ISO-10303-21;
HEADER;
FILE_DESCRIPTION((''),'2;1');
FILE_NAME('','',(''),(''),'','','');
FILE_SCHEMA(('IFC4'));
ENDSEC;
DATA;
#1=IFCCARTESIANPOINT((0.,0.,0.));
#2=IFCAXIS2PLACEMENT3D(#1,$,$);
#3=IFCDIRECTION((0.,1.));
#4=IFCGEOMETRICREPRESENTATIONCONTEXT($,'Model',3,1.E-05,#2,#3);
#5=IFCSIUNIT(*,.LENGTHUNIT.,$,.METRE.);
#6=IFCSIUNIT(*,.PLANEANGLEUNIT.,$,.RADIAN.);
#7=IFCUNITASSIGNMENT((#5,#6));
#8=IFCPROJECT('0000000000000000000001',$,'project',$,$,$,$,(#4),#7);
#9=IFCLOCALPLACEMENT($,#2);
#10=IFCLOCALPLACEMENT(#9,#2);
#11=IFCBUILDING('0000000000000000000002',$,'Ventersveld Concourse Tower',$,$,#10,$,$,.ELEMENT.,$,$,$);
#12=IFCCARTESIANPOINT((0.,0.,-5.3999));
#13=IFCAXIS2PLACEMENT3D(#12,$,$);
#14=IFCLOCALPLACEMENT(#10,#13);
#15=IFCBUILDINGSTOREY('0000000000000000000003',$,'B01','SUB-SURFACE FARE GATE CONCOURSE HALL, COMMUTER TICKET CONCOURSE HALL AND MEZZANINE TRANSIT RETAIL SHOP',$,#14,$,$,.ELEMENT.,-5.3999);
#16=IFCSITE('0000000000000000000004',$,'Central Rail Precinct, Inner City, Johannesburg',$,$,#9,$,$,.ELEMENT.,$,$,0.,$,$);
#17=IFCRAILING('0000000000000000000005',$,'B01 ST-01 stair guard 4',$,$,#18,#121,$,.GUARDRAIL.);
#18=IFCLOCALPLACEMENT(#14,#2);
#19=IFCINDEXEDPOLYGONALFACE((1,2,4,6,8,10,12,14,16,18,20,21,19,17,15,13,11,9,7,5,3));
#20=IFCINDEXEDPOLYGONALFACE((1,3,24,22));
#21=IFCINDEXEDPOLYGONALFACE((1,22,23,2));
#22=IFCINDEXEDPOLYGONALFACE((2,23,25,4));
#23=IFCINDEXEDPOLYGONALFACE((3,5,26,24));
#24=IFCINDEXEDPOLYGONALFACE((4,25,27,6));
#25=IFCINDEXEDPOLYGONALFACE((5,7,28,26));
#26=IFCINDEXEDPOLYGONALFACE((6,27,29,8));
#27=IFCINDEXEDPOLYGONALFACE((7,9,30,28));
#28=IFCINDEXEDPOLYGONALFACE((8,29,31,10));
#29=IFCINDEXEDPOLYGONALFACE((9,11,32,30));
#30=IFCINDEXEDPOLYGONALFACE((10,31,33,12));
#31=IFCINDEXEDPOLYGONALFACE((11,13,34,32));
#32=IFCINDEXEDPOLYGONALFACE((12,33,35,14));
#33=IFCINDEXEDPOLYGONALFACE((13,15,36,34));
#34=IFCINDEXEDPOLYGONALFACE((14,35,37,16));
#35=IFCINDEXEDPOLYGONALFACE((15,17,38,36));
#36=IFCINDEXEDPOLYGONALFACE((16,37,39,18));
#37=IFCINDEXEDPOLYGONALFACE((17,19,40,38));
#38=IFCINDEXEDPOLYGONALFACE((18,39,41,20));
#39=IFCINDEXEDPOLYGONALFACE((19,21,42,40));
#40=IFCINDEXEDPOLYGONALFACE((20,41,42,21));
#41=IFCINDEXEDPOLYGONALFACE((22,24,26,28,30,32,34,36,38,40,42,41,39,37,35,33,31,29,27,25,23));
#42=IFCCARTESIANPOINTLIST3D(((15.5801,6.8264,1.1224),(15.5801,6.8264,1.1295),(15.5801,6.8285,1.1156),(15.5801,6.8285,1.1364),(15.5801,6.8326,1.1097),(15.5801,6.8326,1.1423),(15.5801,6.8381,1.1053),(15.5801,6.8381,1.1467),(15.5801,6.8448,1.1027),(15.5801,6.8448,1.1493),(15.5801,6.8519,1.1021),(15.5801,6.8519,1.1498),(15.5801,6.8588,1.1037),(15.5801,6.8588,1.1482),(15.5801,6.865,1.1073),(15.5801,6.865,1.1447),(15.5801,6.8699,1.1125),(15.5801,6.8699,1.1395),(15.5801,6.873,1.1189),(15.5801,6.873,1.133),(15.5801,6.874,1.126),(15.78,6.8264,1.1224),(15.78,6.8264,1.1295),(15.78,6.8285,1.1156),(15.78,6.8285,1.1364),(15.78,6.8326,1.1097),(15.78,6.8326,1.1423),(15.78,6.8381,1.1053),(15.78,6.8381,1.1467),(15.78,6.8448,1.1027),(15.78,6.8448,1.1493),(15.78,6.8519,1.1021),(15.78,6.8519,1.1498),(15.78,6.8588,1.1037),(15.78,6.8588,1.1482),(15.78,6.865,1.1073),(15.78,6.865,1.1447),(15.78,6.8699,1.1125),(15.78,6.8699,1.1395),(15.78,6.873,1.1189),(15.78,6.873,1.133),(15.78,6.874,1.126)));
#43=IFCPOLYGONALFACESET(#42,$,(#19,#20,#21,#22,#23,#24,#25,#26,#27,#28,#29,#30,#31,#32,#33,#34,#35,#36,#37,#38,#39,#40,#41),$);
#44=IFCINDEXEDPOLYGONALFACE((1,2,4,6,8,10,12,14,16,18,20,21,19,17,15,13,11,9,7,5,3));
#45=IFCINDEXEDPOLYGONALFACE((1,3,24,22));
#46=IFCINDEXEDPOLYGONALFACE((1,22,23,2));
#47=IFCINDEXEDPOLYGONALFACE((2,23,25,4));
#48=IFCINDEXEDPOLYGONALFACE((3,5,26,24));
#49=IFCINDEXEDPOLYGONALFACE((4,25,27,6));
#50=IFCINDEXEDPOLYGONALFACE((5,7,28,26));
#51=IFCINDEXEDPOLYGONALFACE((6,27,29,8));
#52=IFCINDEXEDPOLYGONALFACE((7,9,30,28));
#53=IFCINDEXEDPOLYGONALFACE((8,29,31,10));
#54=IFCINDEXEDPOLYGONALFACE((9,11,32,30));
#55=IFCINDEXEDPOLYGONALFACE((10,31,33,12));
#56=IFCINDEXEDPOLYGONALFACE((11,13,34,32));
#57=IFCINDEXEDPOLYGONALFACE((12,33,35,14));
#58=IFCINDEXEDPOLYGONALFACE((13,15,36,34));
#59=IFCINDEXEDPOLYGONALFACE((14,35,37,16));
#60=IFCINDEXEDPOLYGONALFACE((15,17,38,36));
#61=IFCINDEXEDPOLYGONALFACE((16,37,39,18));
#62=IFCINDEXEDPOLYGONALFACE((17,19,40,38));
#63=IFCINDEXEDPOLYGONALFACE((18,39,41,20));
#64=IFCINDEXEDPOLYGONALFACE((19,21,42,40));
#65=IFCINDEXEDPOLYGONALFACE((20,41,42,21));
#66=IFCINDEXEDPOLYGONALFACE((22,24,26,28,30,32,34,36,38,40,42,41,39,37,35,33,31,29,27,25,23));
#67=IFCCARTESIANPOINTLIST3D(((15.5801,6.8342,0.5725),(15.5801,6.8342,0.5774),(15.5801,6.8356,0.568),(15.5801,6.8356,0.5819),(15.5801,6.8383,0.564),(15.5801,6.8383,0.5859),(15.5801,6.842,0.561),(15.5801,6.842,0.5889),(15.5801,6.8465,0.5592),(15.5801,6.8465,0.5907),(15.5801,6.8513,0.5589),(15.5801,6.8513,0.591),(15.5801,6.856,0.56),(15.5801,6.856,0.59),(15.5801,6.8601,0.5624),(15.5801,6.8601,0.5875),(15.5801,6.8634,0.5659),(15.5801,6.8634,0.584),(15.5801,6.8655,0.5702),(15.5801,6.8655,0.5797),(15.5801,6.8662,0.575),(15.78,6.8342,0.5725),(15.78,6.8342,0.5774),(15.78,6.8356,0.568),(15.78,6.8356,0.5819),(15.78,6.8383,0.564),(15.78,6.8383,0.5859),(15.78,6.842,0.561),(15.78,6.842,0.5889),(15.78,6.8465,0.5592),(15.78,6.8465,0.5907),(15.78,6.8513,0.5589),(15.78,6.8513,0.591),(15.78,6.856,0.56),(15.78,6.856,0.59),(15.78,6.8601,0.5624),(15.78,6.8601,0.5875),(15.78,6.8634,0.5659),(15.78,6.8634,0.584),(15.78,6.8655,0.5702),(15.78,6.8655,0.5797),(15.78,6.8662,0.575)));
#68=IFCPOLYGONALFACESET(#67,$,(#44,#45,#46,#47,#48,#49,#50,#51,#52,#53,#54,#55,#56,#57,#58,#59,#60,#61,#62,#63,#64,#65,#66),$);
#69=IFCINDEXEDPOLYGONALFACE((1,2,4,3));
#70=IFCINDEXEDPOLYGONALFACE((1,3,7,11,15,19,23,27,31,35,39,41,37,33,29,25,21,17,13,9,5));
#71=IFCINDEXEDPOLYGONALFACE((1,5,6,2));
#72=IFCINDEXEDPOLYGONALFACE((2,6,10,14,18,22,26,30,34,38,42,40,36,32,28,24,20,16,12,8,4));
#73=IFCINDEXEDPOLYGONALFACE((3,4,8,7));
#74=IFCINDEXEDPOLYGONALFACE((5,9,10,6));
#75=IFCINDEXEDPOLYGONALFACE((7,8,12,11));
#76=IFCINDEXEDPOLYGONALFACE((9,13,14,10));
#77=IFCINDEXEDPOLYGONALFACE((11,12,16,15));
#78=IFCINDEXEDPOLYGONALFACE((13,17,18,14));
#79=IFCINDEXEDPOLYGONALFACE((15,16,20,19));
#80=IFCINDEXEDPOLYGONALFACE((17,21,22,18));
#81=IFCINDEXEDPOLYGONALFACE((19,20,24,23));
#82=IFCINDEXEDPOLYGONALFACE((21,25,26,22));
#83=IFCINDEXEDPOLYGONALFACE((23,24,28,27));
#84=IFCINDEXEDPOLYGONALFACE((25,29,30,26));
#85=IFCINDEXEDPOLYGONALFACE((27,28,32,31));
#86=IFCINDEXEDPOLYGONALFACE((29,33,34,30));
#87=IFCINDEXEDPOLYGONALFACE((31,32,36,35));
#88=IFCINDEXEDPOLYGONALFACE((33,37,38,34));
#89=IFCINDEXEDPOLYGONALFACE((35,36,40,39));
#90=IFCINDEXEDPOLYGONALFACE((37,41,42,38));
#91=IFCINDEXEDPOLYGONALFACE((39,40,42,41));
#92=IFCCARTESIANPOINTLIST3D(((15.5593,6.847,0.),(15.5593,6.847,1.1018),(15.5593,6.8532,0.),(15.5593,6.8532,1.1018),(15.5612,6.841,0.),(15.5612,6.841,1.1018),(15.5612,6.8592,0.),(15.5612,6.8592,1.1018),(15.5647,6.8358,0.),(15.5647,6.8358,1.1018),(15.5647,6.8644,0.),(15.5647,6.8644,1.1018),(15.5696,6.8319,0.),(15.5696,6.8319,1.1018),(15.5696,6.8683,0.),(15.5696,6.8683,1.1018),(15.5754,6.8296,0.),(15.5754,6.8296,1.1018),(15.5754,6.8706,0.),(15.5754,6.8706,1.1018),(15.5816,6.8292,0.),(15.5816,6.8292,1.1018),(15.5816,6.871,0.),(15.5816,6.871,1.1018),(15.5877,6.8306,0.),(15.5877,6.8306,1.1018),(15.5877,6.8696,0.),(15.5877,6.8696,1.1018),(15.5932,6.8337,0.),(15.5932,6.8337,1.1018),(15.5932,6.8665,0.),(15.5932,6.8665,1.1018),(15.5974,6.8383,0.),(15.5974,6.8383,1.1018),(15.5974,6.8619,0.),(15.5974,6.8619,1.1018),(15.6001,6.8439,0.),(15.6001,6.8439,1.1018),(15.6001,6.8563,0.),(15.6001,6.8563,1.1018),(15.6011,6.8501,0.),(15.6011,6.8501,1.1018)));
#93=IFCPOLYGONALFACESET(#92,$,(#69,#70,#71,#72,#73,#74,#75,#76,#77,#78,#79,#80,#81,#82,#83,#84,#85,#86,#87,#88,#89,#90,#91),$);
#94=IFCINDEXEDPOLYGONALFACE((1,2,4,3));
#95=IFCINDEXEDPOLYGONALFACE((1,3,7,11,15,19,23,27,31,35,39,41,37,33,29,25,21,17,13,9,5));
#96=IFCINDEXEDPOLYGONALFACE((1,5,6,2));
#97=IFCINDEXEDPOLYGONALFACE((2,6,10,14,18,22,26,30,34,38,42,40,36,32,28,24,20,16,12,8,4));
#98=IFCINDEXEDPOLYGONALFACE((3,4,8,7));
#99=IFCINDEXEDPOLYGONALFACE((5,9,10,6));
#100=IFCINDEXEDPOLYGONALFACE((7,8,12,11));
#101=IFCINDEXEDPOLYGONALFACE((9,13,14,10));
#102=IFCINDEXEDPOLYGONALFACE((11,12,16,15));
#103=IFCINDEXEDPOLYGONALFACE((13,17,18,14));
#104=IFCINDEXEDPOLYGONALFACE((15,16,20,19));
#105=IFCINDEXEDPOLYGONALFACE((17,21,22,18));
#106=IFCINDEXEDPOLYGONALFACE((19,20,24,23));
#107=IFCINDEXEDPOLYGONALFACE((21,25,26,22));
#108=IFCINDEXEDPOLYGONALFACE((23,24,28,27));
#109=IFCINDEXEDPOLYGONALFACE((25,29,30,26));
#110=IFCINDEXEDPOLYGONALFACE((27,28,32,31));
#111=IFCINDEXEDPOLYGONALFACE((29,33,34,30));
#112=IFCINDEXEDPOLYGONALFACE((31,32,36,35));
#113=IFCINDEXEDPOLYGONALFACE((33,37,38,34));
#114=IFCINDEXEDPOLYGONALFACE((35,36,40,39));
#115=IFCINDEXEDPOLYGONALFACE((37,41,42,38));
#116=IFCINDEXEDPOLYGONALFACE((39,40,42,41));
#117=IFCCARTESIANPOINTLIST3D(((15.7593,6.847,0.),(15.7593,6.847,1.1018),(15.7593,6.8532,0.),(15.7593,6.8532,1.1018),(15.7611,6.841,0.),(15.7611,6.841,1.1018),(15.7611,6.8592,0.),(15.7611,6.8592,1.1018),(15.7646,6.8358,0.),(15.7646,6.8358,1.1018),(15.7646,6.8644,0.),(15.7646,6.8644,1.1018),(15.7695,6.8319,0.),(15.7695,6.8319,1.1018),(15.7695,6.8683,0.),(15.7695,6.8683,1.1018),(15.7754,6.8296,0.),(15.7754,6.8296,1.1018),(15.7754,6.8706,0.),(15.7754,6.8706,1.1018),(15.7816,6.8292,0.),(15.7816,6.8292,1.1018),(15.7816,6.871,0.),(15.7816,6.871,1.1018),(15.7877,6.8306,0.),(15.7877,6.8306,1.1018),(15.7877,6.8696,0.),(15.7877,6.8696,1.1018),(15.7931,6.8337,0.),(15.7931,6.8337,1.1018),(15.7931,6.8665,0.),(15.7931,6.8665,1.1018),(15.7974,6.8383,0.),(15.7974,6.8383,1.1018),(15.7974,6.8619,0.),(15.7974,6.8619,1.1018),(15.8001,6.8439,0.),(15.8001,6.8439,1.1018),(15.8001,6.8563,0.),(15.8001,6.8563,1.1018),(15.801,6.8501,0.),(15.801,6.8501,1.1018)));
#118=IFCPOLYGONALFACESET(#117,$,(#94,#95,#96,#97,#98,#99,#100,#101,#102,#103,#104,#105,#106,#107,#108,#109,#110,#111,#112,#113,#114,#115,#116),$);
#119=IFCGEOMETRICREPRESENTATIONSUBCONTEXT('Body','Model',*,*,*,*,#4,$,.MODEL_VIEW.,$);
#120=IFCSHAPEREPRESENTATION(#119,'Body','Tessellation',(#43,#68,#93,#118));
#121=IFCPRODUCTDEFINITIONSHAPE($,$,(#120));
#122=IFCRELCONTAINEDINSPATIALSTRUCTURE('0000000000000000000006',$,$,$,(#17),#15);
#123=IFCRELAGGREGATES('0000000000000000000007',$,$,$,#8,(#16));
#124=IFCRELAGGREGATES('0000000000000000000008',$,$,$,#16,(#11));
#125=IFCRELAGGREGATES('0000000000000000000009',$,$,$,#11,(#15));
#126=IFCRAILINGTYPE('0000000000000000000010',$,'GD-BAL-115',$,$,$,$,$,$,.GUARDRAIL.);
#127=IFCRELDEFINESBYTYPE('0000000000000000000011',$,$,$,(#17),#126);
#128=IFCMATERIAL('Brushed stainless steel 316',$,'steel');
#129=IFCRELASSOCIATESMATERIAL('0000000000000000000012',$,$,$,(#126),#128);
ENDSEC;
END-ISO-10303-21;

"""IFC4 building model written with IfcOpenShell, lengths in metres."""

from ifc_helpers import new_model, si_unit, direction, frame, origin, origin_2d, place, context, subcontext, project, spatial, circle, extrude, material, type_object, element, save


model = new_model("IFC4")

# Units and contexts
model_context = context("Model", 3, precision=1e-05, world=origin(), true_north=direction((0.0, 1.0)))
body_context = subcontext(model_context, "Body", "Model", "MODEL_VIEW")
ifc_project = project(units=[si_unit("LENGTHUNIT", "METRE"), si_unit("PLANEANGLEUNIT", "RADIAN")], contexts=[model_context])

# Site, building, storey
site_placement = place(None, origin())
site = spatial("IfcSite", under=ifc_project, at=site_placement, Name="Central Rail Precinct, Inner City, Johannesburg", CompositionType="ELEMENT", RefElevation=0.0)
building_placement = place(site_placement, origin())
building = spatial("IfcBuilding", under=site, at=building_placement, Name="Ventersveld Concourse Tower", CompositionType="ELEMENT")
storey_placement = place(building_placement, frame((0.0, 0.0, -5.3999)))
storey = spatial("IfcBuildingStorey", under=building, at=storey_placement, Name="B01", Description="SUB-SURFACE FARE GATE CONCOURSE HALL, COMMUTER TICKET CONCOURSE HALL AND MEZZANINE TRANSIT RETAIL SHOP", CompositionType="ELEMENT", Elevation=-5.3999)

# Railing
ifc_material_1 = material(Name="Brushed stainless steel 316", Category="steel")
railing_type_1 = type_object("IfcRailingType", Name="GD-BAL-115", PredefinedType="GUARDRAIL", material=ifc_material_1)
railing_1_placement = place(storey_placement, frame((15.5801, 6.8501, 0.0)))
element("IfcRailing", 1, at=railing_1_placement, inside=storey, type_object=railing_type_1, Name="B01 ST-01 stair guard 4", PredefinedType="GUARDRAIL", context=body_context, shape_type="SweptSolid", body=[
    extrude(circle(Radius=0.0239, at=origin_2d()), frame((0.0, 0.0, 1.126), z_axis=(1.0, 0.0, 0.0), x_axis=(0.0, 1.0, 0.0)), (0.0, 0.0, 1.0), 0.2),
    extrude(circle(Radius=0.0161, at=origin_2d()), frame((0.0, 0.0, 0.575), z_axis=(1.0, 0.0, 0.0), x_axis=(0.0, 1.0, 0.0)), (0.0, 0.0, 1.0), 0.2),
    extrude(circle(Radius=0.021, at=origin_2d()), origin(), (0.0, 0.0, 1.0), 1.1018),
    extrude(circle(Radius=0.021, at=origin_2d()), frame((0.2, 0.0, 0.0)), (0.0, 0.0, 1.0), 1.1018),
])

save(model, "model.ifc")
